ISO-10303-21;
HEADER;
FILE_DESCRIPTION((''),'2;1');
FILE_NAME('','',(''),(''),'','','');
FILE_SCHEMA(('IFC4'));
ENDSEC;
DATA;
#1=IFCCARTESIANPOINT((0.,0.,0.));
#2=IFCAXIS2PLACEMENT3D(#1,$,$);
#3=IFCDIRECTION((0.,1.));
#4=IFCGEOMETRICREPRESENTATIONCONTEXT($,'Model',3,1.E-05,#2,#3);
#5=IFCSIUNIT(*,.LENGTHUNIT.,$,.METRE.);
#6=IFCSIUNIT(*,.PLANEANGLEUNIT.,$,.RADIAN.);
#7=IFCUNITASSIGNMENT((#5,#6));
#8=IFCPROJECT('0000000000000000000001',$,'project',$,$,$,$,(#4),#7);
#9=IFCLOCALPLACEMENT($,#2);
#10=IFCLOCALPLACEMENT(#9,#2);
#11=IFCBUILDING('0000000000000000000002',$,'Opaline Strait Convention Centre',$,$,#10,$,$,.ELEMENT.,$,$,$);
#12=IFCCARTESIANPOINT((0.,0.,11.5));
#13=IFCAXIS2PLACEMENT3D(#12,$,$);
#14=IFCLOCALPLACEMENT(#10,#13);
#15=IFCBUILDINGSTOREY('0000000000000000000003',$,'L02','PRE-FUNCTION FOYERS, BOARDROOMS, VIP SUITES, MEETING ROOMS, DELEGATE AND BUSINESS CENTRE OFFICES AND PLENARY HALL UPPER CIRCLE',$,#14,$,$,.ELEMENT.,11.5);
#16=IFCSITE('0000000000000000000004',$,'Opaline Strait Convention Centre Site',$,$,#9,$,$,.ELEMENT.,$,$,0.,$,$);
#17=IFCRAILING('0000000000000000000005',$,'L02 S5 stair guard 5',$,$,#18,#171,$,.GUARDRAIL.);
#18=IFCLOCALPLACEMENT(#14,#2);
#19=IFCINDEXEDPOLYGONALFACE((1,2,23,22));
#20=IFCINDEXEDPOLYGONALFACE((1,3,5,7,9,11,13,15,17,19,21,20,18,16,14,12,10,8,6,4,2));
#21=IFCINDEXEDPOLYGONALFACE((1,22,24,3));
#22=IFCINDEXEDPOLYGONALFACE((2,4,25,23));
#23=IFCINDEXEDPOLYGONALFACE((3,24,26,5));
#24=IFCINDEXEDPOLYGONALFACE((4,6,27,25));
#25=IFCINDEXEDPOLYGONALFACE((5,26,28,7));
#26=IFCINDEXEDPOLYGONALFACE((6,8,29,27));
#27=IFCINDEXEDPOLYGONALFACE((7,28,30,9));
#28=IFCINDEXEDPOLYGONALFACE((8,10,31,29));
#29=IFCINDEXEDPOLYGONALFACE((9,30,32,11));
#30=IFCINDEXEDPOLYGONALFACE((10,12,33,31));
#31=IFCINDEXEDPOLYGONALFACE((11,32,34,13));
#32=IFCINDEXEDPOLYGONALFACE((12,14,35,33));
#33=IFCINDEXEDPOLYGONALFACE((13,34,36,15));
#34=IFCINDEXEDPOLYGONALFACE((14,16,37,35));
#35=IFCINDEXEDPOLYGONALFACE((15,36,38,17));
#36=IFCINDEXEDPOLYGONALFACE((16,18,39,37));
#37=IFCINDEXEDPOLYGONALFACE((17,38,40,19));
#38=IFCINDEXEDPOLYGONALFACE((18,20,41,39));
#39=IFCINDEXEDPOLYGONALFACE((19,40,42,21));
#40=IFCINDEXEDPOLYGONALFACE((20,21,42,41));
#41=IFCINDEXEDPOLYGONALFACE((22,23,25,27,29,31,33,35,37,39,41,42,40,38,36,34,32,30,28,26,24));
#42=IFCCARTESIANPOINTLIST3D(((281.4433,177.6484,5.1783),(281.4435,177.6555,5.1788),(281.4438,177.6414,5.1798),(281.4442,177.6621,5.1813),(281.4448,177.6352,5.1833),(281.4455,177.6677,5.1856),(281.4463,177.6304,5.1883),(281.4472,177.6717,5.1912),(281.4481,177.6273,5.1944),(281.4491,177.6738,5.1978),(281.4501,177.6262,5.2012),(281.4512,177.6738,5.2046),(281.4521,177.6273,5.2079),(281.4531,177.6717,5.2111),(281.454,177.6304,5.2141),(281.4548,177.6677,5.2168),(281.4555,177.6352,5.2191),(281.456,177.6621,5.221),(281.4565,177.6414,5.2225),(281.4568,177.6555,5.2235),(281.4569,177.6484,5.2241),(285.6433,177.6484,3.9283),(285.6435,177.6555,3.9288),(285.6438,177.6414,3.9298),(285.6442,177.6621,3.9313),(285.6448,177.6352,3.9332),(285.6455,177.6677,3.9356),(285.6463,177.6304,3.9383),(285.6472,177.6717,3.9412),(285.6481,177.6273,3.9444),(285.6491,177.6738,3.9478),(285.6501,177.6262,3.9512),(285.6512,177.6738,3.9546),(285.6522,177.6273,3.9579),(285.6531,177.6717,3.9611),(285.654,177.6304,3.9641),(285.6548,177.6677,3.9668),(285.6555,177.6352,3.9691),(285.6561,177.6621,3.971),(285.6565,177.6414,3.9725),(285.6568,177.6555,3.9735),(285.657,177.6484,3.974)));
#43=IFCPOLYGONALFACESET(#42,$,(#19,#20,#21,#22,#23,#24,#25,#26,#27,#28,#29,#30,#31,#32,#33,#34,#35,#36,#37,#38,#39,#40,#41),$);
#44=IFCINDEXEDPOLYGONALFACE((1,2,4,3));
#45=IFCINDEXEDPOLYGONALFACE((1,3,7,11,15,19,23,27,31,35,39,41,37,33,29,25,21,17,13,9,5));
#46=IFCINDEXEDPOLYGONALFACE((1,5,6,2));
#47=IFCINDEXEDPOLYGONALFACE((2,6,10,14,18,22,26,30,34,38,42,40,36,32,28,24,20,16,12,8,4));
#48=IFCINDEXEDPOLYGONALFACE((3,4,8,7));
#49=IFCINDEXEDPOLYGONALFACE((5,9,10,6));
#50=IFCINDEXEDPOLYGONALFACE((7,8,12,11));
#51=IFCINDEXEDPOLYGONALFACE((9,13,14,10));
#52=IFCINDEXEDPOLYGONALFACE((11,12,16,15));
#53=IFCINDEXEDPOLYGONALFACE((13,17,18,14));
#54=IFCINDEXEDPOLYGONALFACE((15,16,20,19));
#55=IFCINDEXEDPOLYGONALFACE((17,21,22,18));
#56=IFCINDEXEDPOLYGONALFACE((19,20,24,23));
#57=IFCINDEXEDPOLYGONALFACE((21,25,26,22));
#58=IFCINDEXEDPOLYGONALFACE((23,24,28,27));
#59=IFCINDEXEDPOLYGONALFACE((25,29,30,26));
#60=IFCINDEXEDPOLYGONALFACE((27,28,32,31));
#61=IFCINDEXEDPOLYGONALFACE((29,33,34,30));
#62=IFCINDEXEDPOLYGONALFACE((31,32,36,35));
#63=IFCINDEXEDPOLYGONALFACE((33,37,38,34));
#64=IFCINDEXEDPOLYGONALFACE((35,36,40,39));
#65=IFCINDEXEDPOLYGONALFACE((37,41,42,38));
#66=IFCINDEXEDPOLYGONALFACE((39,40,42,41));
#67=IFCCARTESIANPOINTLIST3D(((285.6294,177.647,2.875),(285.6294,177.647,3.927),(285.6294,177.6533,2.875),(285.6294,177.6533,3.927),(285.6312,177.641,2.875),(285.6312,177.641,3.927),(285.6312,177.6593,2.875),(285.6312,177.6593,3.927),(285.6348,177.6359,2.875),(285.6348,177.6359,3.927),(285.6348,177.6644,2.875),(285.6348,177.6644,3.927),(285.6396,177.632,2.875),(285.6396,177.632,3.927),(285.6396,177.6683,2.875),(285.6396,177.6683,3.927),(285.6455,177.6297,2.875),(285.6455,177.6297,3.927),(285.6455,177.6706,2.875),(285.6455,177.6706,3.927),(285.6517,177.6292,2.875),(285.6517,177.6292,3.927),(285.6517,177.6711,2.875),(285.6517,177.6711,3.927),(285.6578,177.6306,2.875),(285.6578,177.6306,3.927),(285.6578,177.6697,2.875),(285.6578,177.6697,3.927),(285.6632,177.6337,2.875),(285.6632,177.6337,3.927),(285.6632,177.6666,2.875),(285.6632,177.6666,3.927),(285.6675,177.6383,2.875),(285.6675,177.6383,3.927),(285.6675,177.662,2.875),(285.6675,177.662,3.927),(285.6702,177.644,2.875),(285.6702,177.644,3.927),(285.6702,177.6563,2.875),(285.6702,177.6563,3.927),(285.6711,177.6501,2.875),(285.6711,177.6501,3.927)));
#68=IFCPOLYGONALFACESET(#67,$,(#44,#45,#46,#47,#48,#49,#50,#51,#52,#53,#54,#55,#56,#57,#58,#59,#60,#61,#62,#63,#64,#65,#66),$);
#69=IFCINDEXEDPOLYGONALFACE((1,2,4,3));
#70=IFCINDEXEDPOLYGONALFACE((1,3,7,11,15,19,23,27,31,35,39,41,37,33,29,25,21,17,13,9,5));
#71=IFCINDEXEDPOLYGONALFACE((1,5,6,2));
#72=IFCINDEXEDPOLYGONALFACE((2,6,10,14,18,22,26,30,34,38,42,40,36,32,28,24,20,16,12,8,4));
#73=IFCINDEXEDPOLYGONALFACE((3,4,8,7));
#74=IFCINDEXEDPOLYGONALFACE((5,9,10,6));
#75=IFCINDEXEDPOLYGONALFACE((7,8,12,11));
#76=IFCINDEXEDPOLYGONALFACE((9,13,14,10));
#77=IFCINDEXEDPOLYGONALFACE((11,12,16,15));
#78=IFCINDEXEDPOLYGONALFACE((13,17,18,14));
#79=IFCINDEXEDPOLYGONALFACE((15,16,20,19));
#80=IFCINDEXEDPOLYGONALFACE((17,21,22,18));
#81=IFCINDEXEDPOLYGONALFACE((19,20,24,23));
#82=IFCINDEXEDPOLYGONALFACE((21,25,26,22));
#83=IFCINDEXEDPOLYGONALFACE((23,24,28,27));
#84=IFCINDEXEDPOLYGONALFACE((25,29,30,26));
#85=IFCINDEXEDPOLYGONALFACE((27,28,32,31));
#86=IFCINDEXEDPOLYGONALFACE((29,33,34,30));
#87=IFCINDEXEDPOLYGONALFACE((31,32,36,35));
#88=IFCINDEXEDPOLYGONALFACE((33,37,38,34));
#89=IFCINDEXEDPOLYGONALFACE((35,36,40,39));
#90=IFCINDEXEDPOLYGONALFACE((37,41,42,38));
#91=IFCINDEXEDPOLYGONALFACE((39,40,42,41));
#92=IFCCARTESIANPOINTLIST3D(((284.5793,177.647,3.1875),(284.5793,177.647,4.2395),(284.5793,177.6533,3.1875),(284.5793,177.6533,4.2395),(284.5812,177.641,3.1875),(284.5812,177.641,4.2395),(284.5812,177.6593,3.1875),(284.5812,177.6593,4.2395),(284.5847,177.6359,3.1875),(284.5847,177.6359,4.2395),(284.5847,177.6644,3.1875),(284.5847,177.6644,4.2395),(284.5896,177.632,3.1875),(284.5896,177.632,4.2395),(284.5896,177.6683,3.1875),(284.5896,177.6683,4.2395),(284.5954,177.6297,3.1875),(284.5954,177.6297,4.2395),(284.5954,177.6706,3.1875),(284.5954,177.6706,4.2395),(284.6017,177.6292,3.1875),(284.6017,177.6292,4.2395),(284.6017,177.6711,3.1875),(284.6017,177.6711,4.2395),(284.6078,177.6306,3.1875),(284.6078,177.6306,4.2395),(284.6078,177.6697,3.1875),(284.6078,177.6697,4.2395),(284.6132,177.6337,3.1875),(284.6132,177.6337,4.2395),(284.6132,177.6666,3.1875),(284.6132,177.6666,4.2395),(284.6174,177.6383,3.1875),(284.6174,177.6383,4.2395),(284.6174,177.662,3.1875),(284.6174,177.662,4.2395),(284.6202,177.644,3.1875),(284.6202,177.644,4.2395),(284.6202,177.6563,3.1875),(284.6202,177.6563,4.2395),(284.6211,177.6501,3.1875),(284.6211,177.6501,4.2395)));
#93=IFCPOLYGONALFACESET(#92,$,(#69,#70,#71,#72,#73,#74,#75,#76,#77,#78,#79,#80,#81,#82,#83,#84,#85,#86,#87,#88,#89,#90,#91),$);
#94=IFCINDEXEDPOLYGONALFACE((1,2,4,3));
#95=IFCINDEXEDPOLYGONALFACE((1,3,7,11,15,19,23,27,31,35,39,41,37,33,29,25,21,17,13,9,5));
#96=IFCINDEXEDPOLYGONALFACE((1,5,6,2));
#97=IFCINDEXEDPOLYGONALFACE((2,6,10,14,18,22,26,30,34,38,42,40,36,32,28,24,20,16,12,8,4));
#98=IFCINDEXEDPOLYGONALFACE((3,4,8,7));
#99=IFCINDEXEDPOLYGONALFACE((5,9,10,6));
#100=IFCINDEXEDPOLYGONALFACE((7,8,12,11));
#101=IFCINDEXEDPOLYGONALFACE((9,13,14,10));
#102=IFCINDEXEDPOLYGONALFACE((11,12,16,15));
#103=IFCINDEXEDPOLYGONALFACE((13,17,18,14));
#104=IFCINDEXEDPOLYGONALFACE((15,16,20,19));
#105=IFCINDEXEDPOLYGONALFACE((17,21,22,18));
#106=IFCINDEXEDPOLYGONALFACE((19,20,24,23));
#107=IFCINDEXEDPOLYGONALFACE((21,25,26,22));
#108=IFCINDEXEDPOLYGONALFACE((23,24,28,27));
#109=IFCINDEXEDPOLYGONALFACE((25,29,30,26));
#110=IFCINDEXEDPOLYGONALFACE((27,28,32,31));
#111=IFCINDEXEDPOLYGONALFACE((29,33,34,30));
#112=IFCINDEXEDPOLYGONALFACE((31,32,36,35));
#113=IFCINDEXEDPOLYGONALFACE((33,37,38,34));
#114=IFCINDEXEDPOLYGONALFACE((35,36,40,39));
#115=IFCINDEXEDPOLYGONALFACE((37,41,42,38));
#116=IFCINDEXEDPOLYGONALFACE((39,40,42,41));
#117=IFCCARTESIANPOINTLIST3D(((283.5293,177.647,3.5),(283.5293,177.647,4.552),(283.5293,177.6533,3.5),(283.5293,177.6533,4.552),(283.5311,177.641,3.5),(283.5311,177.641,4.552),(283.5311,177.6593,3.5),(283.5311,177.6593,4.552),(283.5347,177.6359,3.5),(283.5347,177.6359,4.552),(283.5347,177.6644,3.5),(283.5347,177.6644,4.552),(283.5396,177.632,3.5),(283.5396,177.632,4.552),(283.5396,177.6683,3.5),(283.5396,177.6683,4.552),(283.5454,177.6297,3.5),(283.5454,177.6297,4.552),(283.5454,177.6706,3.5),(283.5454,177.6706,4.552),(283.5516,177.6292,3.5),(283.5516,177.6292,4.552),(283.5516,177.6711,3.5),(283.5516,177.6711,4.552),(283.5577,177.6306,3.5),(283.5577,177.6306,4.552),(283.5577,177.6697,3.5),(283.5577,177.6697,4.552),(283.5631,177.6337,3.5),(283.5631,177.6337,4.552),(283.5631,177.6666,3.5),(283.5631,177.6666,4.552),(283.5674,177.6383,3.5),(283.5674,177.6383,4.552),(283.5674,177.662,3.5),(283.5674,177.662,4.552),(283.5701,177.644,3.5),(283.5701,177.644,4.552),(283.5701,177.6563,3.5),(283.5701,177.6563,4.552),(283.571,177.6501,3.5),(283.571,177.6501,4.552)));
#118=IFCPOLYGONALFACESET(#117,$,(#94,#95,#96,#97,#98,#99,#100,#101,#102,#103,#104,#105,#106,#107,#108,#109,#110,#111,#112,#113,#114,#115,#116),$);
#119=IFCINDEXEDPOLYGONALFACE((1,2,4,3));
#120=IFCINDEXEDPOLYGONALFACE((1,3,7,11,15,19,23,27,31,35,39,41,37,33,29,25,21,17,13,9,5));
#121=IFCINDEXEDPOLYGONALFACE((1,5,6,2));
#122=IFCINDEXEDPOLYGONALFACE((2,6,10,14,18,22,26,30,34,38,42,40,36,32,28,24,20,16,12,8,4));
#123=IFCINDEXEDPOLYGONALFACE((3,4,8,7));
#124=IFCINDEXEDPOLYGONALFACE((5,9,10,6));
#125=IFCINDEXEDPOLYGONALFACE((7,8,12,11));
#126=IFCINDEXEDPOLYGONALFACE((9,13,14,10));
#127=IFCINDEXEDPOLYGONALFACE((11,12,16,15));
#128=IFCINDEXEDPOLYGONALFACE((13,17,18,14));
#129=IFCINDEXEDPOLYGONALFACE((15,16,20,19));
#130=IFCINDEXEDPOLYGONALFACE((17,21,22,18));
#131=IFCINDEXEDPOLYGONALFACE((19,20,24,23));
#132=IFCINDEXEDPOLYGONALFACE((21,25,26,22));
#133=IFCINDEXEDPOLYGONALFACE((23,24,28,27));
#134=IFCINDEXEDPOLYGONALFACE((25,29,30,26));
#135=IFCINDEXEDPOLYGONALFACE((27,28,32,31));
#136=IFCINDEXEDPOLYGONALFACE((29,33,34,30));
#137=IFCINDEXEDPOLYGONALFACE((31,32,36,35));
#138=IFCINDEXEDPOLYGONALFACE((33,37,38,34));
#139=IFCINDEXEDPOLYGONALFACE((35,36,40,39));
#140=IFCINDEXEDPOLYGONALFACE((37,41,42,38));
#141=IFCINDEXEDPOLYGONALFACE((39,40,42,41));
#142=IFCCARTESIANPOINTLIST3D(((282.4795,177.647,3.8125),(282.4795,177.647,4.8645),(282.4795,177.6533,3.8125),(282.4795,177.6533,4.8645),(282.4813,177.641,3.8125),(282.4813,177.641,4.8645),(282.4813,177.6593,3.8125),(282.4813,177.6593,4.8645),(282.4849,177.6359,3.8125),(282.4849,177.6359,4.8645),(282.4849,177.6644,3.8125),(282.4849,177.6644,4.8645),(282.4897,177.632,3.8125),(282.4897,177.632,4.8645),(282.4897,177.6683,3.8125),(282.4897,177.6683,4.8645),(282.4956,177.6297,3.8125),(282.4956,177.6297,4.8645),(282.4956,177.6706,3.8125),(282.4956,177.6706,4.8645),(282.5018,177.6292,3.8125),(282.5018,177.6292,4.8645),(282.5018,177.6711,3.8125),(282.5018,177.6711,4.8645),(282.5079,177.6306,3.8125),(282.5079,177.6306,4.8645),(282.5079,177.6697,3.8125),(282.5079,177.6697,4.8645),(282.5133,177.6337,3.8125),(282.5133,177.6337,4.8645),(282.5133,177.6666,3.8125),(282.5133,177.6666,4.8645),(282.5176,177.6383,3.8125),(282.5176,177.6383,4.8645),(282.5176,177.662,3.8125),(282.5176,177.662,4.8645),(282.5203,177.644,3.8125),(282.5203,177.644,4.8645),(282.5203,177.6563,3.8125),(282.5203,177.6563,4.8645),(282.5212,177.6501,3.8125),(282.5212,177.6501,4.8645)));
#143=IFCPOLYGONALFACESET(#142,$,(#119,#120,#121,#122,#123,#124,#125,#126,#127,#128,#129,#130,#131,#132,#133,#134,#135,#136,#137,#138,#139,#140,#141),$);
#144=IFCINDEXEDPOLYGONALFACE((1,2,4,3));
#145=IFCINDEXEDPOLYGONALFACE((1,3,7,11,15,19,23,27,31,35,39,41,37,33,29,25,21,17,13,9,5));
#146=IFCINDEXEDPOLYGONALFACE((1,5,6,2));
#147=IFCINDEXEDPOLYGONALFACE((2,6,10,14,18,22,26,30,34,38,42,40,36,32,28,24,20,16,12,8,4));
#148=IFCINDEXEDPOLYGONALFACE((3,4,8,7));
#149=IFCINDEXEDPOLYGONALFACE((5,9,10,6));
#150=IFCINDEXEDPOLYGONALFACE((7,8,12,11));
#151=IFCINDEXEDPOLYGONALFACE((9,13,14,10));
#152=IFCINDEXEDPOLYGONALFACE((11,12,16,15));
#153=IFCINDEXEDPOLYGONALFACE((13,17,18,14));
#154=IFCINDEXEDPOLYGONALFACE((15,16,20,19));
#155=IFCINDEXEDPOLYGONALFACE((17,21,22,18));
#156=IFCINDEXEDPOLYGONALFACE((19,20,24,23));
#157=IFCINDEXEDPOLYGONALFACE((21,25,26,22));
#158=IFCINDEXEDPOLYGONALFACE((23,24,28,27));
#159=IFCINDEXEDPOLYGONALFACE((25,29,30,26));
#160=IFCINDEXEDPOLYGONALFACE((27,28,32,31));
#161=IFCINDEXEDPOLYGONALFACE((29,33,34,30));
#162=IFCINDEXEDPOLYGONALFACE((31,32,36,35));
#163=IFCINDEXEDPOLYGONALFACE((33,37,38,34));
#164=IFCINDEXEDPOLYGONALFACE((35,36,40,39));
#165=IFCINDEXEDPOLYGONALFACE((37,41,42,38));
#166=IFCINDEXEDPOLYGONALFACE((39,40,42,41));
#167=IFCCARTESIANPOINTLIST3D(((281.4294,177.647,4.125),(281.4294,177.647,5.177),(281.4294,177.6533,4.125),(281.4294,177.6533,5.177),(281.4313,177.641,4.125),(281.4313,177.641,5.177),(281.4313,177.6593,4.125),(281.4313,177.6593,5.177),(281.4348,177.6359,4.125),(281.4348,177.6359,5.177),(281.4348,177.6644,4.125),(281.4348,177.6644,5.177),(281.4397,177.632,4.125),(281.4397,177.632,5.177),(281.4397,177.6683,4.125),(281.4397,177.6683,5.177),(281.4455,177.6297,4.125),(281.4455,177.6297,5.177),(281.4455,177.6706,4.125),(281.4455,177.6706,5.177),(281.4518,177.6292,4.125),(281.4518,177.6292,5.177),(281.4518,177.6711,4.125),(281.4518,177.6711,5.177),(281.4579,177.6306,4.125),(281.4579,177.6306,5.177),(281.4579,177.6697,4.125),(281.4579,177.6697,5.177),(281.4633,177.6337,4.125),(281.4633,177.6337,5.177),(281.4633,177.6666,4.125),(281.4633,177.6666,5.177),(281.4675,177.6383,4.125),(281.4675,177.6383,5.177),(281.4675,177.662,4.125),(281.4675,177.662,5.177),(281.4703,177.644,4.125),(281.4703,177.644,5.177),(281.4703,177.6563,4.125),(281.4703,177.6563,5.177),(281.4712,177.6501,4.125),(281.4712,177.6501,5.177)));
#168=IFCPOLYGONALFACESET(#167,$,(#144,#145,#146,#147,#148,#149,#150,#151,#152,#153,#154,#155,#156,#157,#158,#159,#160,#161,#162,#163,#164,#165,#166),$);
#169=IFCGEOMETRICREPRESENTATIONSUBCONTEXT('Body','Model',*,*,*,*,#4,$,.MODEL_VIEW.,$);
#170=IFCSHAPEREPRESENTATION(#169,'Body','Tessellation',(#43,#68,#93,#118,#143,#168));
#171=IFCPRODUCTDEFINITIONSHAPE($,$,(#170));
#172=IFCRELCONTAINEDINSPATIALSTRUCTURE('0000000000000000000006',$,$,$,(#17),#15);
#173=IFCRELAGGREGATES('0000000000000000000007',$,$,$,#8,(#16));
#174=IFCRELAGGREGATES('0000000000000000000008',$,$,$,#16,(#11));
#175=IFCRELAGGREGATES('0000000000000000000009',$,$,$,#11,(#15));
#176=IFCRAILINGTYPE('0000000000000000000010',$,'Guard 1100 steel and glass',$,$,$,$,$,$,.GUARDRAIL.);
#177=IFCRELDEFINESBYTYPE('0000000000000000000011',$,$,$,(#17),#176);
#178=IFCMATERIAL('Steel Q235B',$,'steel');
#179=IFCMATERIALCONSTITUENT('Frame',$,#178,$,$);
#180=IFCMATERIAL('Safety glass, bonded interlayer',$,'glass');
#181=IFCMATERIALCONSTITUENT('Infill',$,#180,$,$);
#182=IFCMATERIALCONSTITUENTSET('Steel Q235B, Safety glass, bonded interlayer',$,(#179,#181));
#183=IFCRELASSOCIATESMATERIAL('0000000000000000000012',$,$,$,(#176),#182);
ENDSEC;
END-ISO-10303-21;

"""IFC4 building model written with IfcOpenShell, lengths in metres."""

from ifc_helpers import new_model, si_unit, direction, frame, origin, origin_2d, place, context, subcontext, project, spatial, circle, extrude, material, constituent, constituent_set, type_object, element, save


model = new_model("IFC4")

# Units and contexts
model_context = context("Model", 3, precision=1e-05, world=origin(), true_north=direction((0.0, 1.0)))
body_context = subcontext(model_context, "Body", "Model", "MODEL_VIEW")
ifc_project = project(units=[si_unit("LENGTHUNIT", "METRE"), si_unit("PLANEANGLEUNIT", "RADIAN")], contexts=[model_context])

# Site, building, storey
site_placement = place(None, origin())
site = spatial("IfcSite", under=ifc_project, at=site_placement, Name="Opaline Strait Convention Centre Site", CompositionType="ELEMENT", RefElevation=0.0)
building_placement = place(site_placement, origin())
building = spatial("IfcBuilding", under=site, at=building_placement, Name="Opaline Strait Convention Centre", CompositionType="ELEMENT")
storey_placement = place(building_placement, frame((0.0, 0.0, 11.5)))
storey = spatial("IfcBuildingStorey", under=building, at=storey_placement, Name="L02", Description="PRE-FUNCTION FOYERS, BOARDROOMS, VIP SUITES, MEETING ROOMS, DELEGATE AND BUSINESS CENTRE OFFICES AND PLENARY HALL UPPER CIRCLE", CompositionType="ELEMENT", Elevation=11.5)

# Railing
ifc_material_1 = material(Name="Steel Q235B", Category="steel")
ifc_constituent_1 = constituent(ifc_material_1, Name="Frame")
ifc_material_2 = material(Name="Safety glass, bonded interlayer", Category="glass")
ifc_constituent_2 = constituent(ifc_material_2, Name="Infill")
ifc_constituent_set = constituent_set(constituents=[ifc_constituent_1, ifc_constituent_2], Name="Steel Q235B, Safety glass, bonded interlayer")
railing_type_1 = type_object("IfcRailingType", Name="Guard 1100 steel and glass", PredefinedType="GUARDRAIL", material=ifc_constituent_set)
railing_1_placement = place(storey_placement, frame((285.6501, 177.6501, 2.875)))
element("IfcRailing", 1, at=railing_1_placement, inside=storey, type_object=railing_type_1, Name="L02 S5 stair guard 5", PredefinedType="GUARDRAIL", context=body_context, shape_type="SweptSolid", body=[
    extrude(circle(Radius=0.0239, at=origin_2d()), frame((0.0, 0.0, 1.0762), z_axis=(-0.958451, 0.0, 0.285257), x_axis=(0.0, -1.0, 0.0)), (0.0, 0.0, 1.0), 4.3821),
    extrude(circle(Radius=0.021, at=origin_2d()), origin(), (0.0, 0.0, 1.0), 1.052),
    extrude(circle(Radius=0.021, at=origin_2d()), frame((-1.05, 0.0, 0.3125)), (0.0, 0.0, 1.0), 1.052),
    extrude(circle(Radius=0.021, at=origin_2d()), frame((-2.1001, 0.0, 0.625)), (0.0, 0.0, 1.0), 1.052),
    extrude(circle(Radius=0.021, at=origin_2d()), frame((-3.1499, 0.0, 0.9375)), (0.0, 0.0, 1.0), 1.052),
    extrude(circle(Radius=0.021, at=origin_2d()), frame((-4.2, 0.0, 1.25)), (0.0, 0.0, 1.0), 1.052),
])

save(model, "model.ifc")
